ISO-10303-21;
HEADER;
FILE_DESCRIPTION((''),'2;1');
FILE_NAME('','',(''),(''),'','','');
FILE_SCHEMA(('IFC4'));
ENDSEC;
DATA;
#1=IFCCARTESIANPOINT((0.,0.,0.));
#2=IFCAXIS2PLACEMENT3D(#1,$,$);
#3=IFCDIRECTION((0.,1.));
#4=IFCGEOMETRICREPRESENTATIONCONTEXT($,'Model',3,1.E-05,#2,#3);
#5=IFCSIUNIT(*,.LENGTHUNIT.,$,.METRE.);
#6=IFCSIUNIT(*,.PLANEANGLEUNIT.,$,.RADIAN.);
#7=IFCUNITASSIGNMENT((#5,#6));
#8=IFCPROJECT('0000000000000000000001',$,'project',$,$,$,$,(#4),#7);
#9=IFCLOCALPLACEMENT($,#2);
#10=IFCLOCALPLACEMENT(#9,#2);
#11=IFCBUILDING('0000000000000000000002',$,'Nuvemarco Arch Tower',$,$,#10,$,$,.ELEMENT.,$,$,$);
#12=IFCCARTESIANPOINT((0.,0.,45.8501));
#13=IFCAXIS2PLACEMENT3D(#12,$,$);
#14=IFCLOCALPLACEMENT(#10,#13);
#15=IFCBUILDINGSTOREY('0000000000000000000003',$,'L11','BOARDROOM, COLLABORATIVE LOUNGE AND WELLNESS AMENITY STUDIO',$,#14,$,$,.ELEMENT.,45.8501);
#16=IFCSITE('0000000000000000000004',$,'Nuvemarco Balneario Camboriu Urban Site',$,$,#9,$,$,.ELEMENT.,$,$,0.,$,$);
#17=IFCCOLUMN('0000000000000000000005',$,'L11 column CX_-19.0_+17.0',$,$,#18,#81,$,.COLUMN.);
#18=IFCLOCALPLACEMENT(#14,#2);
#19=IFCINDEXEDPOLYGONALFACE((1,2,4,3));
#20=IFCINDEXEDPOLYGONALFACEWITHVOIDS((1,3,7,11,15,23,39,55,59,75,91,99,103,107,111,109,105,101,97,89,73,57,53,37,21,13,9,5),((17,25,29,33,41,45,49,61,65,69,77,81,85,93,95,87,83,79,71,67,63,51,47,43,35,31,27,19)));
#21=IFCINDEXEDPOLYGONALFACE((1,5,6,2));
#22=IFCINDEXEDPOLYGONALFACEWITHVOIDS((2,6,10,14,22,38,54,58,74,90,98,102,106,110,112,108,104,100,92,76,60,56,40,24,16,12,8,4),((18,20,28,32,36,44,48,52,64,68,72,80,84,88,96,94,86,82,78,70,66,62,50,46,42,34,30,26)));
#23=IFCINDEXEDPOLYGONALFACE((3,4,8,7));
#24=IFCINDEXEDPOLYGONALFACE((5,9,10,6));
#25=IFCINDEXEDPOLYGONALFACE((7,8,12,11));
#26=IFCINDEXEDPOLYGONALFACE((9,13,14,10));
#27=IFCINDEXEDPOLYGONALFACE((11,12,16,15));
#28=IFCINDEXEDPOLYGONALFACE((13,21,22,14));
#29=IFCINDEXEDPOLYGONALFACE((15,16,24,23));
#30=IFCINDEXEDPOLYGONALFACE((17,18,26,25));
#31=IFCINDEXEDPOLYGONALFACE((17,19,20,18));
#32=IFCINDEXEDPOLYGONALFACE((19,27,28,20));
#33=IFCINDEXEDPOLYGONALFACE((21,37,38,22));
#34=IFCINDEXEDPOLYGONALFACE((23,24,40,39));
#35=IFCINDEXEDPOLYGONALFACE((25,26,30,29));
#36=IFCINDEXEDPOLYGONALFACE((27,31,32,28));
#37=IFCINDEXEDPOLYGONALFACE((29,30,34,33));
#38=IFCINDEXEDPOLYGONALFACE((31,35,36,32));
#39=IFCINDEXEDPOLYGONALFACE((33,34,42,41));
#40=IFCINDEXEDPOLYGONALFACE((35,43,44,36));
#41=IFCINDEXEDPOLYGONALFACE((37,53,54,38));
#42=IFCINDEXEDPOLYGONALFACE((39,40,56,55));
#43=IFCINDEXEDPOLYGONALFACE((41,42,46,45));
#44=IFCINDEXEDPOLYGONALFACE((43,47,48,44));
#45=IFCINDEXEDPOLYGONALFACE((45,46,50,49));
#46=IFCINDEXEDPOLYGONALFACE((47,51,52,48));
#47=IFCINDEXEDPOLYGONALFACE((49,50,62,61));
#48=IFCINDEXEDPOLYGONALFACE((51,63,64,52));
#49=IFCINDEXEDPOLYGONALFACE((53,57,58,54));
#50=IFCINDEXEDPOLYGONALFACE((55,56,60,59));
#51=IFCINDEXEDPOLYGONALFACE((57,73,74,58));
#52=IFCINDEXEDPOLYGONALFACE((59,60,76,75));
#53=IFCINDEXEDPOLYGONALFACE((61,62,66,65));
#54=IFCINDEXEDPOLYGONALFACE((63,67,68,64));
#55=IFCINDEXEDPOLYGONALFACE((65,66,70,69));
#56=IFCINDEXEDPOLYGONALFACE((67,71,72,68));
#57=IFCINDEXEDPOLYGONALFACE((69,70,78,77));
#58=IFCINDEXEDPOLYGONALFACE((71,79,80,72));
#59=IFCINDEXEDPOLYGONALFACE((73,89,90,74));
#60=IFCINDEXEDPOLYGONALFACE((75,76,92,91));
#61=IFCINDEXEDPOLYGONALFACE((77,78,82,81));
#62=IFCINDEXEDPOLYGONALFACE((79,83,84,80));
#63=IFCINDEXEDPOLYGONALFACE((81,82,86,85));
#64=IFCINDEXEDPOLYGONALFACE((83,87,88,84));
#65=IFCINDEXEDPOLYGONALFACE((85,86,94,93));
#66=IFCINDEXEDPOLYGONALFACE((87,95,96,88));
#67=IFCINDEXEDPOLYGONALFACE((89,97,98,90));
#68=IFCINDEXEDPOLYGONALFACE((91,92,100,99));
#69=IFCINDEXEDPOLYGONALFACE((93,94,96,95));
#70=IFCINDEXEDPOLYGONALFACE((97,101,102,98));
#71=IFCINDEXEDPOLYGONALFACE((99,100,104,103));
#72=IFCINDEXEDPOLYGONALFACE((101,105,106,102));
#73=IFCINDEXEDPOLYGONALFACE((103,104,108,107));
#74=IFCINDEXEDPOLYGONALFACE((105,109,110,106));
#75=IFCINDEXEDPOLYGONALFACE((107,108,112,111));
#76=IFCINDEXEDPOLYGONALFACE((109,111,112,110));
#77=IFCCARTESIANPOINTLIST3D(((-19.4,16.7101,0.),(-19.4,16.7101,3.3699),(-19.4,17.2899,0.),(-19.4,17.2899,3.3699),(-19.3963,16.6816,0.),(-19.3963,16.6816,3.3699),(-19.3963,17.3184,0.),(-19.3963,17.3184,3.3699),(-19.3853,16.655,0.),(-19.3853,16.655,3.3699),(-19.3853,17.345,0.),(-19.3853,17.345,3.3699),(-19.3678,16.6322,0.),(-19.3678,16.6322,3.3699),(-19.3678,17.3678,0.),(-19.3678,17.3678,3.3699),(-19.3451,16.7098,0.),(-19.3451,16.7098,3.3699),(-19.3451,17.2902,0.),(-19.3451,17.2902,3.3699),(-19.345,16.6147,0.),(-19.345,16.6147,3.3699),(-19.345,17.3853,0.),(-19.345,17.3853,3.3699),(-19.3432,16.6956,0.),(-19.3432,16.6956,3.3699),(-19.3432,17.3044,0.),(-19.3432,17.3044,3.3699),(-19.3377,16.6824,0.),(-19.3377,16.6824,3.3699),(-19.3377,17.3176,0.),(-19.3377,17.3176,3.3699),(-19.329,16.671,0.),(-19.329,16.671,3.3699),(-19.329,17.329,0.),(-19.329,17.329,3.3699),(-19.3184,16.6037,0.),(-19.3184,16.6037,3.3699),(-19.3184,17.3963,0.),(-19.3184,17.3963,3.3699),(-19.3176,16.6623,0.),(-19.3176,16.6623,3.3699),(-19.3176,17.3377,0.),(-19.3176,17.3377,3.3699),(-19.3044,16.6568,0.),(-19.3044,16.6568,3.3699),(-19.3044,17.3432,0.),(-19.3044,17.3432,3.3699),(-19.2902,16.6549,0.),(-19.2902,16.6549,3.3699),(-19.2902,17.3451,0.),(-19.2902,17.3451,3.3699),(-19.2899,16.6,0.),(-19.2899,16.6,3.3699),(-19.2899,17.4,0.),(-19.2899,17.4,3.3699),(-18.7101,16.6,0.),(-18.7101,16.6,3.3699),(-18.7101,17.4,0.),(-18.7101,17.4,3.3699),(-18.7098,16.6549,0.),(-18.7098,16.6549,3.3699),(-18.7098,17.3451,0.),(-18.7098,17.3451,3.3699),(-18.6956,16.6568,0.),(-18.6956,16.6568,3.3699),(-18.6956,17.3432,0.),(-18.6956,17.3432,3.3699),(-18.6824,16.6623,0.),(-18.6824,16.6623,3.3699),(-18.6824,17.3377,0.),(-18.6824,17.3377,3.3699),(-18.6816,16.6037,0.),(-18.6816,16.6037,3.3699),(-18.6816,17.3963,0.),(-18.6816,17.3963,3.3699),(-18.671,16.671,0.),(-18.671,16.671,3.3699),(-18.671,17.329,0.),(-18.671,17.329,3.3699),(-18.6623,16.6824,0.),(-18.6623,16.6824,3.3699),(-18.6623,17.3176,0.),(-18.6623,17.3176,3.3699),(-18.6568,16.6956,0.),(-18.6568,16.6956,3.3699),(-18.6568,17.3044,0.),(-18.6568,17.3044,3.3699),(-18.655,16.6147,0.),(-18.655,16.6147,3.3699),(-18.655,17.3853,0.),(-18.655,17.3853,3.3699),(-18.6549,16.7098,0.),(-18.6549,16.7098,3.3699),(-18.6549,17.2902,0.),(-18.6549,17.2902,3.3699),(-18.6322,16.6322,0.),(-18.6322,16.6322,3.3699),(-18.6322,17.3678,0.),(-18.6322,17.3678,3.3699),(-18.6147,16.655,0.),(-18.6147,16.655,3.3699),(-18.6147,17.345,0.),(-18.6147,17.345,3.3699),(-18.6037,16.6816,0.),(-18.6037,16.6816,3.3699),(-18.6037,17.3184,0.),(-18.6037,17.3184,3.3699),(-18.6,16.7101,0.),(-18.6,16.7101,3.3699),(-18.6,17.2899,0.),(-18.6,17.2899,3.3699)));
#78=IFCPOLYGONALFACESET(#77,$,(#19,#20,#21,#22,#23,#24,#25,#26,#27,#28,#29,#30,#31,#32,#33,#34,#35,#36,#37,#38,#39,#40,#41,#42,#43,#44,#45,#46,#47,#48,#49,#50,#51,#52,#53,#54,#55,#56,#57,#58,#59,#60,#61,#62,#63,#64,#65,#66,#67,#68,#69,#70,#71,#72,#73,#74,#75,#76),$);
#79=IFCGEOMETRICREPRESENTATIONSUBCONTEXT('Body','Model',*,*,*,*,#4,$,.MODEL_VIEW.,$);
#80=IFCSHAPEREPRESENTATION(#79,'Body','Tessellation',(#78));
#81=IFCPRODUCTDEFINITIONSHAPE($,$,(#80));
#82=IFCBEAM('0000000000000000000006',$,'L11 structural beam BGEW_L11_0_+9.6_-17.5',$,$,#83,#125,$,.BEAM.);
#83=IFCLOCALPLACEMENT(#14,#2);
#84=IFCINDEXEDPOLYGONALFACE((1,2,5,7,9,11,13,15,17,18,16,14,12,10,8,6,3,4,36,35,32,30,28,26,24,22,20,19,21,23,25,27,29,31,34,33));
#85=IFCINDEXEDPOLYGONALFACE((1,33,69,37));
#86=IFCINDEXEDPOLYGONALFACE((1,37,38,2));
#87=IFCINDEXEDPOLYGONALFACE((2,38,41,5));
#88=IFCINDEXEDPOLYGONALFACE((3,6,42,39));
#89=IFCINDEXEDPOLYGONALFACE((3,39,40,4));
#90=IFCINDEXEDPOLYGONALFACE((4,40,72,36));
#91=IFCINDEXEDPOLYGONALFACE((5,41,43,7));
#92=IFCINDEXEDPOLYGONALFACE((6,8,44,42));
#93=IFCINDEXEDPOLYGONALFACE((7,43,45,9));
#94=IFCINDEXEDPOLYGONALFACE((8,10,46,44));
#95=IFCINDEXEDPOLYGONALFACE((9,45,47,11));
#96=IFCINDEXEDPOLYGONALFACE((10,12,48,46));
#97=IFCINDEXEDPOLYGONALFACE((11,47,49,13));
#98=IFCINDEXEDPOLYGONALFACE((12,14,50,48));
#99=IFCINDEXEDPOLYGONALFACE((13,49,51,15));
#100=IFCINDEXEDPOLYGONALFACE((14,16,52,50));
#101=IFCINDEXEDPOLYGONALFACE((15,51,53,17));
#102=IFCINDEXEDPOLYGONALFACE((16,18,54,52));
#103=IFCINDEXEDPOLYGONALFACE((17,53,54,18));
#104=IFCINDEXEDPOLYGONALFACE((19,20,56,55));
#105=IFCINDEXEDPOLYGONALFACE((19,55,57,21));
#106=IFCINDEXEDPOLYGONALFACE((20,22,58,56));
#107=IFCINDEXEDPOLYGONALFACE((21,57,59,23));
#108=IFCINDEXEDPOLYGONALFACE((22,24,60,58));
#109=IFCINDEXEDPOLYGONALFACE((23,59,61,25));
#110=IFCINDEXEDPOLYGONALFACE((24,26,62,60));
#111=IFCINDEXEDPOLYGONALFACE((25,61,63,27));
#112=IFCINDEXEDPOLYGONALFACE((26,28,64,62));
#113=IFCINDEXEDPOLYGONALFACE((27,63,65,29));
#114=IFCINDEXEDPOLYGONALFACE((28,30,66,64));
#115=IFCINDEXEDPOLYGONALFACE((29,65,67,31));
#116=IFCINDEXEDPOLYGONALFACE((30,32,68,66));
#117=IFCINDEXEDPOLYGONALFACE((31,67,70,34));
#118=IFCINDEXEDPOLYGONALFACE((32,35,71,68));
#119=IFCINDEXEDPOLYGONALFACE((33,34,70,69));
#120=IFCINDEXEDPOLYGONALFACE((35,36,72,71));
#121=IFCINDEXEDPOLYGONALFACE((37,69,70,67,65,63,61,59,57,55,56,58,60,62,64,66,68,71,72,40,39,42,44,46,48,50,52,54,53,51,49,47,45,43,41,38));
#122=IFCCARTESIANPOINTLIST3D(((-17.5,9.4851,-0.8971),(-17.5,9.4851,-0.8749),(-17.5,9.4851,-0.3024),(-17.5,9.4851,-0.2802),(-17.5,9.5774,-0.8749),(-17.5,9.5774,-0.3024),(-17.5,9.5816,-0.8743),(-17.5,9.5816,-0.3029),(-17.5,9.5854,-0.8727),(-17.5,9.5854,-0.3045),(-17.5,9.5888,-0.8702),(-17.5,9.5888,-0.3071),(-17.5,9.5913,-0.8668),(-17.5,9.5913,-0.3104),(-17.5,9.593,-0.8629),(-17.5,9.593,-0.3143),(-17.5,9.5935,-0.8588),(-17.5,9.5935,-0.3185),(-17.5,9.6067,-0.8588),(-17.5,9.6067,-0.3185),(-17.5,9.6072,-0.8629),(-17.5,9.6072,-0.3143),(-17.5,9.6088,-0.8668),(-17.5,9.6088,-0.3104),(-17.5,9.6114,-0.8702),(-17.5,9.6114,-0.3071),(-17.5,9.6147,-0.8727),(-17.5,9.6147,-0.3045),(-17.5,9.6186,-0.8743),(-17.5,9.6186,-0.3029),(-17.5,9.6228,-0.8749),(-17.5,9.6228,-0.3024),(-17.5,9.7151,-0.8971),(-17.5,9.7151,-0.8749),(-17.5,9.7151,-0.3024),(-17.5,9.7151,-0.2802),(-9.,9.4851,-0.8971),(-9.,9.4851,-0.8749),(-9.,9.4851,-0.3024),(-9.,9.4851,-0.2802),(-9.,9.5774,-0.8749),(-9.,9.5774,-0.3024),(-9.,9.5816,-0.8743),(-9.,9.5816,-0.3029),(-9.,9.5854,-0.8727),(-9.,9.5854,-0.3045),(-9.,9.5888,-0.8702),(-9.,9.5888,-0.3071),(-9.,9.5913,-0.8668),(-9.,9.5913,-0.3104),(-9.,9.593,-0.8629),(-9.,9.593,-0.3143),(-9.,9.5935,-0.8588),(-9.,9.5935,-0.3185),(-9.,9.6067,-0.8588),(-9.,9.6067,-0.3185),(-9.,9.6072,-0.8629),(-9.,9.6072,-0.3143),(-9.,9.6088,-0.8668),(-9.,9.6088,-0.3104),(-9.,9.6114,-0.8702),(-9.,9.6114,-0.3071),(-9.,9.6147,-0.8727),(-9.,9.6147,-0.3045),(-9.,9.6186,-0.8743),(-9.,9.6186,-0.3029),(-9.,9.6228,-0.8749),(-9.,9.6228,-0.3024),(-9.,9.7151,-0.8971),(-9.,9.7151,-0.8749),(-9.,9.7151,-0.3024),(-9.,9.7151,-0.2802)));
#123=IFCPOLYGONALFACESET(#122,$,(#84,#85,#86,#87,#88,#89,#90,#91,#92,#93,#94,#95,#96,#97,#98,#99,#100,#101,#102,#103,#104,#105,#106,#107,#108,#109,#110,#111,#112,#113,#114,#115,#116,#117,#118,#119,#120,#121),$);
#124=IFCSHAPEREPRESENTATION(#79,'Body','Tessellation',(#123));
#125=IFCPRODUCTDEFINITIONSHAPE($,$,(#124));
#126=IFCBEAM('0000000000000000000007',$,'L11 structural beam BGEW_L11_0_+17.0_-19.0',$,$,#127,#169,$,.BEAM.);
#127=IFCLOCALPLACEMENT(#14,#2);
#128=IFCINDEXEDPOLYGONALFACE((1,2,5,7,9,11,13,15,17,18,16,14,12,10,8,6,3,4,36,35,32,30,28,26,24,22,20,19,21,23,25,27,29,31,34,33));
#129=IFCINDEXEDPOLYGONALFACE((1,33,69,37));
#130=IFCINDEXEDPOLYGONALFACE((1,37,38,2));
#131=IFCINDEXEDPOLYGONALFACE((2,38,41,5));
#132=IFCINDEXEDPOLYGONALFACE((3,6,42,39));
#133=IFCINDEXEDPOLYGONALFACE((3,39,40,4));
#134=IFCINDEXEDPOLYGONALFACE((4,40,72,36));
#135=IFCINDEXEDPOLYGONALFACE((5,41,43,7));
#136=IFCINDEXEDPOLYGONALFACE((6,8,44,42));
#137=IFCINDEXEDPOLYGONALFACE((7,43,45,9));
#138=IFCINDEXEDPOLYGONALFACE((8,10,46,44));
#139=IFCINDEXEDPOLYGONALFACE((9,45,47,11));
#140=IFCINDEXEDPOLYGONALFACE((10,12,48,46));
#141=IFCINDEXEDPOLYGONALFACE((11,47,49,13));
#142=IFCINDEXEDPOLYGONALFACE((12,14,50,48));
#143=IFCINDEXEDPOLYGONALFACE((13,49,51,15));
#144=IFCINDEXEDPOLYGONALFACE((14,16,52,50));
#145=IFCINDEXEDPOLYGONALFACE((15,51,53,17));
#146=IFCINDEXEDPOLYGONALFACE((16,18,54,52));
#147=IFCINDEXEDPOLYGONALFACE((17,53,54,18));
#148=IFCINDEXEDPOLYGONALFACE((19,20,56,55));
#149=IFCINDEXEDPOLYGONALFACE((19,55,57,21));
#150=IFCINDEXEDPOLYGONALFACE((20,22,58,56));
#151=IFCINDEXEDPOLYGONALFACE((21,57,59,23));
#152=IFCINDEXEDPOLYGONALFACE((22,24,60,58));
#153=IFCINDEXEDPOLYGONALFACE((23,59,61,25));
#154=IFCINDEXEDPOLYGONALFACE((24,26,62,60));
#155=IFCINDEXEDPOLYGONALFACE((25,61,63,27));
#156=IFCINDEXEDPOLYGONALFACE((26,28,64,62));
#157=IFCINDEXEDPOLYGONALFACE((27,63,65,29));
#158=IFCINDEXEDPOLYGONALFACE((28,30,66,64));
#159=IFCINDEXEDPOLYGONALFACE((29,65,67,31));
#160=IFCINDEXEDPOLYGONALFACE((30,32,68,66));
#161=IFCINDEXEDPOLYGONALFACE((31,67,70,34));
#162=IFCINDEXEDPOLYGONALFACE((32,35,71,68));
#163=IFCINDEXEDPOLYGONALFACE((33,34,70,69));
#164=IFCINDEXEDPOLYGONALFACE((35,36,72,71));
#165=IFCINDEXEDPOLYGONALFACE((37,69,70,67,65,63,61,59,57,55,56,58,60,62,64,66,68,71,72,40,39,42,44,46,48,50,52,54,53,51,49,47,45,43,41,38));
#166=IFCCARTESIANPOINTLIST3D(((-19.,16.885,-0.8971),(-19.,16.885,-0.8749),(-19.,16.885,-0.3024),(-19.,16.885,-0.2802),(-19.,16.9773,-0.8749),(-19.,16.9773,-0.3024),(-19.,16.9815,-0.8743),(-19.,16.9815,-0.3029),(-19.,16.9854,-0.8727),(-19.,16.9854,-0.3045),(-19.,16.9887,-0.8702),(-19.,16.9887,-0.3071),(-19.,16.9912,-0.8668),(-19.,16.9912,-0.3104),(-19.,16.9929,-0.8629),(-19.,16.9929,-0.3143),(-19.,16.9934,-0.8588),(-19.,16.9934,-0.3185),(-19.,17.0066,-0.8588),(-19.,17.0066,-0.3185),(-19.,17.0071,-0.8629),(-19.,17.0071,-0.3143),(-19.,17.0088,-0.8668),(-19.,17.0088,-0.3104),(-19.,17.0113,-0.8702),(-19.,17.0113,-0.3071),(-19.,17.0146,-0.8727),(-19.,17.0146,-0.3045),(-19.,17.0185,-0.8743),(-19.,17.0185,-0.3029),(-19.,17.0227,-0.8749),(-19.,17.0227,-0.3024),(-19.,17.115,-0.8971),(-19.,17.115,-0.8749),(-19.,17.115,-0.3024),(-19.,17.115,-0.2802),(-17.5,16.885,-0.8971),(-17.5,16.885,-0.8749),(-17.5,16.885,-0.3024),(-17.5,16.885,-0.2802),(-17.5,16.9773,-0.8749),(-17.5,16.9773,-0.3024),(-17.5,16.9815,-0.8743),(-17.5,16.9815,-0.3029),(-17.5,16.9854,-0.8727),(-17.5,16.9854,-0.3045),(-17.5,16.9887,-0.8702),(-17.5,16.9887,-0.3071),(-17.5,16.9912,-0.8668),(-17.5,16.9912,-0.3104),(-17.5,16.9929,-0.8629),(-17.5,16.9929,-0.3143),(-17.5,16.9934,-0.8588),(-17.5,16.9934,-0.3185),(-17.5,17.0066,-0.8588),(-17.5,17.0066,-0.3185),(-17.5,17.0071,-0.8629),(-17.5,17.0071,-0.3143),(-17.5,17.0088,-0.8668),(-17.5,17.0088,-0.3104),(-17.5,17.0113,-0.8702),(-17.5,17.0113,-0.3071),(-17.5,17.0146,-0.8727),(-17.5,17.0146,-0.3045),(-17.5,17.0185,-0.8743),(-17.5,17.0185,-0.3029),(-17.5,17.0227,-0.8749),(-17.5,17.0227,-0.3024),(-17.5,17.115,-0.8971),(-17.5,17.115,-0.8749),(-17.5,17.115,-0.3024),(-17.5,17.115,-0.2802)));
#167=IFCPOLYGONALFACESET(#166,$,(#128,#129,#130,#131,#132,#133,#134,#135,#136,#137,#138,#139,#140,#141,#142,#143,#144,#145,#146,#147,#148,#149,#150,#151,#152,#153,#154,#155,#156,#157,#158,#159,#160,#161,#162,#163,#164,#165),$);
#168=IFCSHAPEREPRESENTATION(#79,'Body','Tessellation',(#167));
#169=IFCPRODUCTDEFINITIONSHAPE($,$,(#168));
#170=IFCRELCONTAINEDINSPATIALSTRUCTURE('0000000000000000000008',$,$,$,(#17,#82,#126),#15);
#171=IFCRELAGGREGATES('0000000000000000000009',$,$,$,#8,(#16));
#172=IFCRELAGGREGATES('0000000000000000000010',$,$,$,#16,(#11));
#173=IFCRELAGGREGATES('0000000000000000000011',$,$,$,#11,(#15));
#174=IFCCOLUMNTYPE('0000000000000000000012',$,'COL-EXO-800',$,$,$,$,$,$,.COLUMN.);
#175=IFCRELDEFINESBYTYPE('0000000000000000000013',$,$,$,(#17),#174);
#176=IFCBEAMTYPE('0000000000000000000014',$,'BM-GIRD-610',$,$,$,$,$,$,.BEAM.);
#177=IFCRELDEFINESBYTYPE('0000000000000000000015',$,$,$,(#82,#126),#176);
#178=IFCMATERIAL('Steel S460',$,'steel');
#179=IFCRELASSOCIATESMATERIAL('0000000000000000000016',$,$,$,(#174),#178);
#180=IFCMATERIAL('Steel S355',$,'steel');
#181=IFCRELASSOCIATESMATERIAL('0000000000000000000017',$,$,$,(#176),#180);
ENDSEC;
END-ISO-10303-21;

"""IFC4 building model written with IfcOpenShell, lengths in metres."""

from ifc_helpers import new_model, si_unit, direction, frame, origin, origin_2d, place, context, subcontext, project, spatial, hollow_rectangle, i_section, extrude, material, material_profile, profile_set, type_object, element, save


model = new_model("IFC4")

# Units and contexts
model_context = context("Model", 3, precision=1e-05, world=origin(), true_north=direction((0.0, 1.0)))
body_context = subcontext(model_context, "Body", "Model", "MODEL_VIEW")
ifc_project = project(units=[si_unit("LENGTHUNIT", "METRE"), si_unit("PLANEANGLEUNIT", "RADIAN")], contexts=[model_context])

# Site, building, storey
site_placement = place(None, origin())
site = spatial("IfcSite", under=ifc_project, at=site_placement, Name="Nuvemarco Balneario Camboriu Urban Site", CompositionType="ELEMENT", RefElevation=0.0)
building_placement = place(site_placement, origin())
building = spatial("IfcBuilding", under=site, at=building_placement, Name="Nuvemarco Arch Tower", CompositionType="ELEMENT")
storey_placement = place(building_placement, frame((0.0, 0.0, 45.8501)))
storey = spatial("IfcBuildingStorey", under=building, at=storey_placement, Name="L11", Description="BOARDROOM, COLLABORATIVE LOUNGE AND WELLNESS AMENITY STUDIO", CompositionType="ELEMENT", Elevation=45.8501)

# Column
ifc_material_1 = material(Name="Steel S460", Category="steel")
ifc_material_profile_1 = material_profile(ifc_material_1, hollow_rectangle(XDim=0.8, YDim=0.8, WallThickness=0.0549, InnerFilletRadius=0.0549, OuterFilletRadius=0.1101, at=origin_2d()), Name="SHS800x800x55")
ifc_profile_set_1 = profile_set([ifc_material_profile_1], Name="Steel S460")
column_type = type_object("IfcColumnType", Name="COL-EXO-800", PredefinedType="COLUMN", material=ifc_profile_set_1)
column_placement = place(storey_placement, frame((-19.0, 17.0, 0.0), z_axis=(0.0, 0.0, 1.0), x_axis=(1.0, 0.0, 0.0)))
element("IfcColumn", 1, at=column_placement, inside=storey, type_object=column_type, Name="L11 column CX_-19.0_+17.0", PredefinedType="COLUMN", context=body_context, shape_type="SweptSolid", body=[
    extrude(hollow_rectangle(XDim=0.8, YDim=0.8, WallThickness=0.0549, InnerFilletRadius=0.0549, OuterFilletRadius=0.1101, at=origin_2d()), origin(), (0.0, 0.0, 1.0), 3.3699),
])

# Beams
ifc_material_2 = material(Name="Steel S355", Category="steel")
ifc_material_profile_2 = material_profile(ifc_material_2, i_section(OverallWidth=0.23, OverallDepth=0.6169, WebThickness=0.0132, FlangeThickness=0.0222, FilletRadius=0.0161, at=origin_2d()), Name="W610x140")
ifc_profile_set_2 = profile_set([ifc_material_profile_2], Name="Steel S355")
beam_type_1 = type_object("IfcBeamType", Name="BM-GIRD-610", PredefinedType="BEAM", material=ifc_profile_set_2)
beam_1_placement = place(storey_placement, frame((-17.5, 9.6001, -0.5886), z_axis=(1.0, 0.0, 0.0), x_axis=(0.0, 1.0, 0.0)))
element("IfcBeam", 2, at=beam_1_placement, inside=storey, type_object=beam_type_1, Name="L11 structural beam BGEW_L11_0_+9.6_-17.5", PredefinedType="BEAM", context=body_context, shape_type="SweptSolid", body=[
    extrude(i_section(OverallWidth=0.23, OverallDepth=0.6169, WebThickness=0.0132, FlangeThickness=0.0222, FilletRadius=0.0161, at=origin_2d()), origin(), (0.0, 0.0, 1.0), 8.5),
])
beam_2_placement = place(storey_placement, frame((-19.0, 17.0, -0.5886), z_axis=(1.0, 0.0, 0.0), x_axis=(0.0, 1.0, 0.0)))
element("IfcBeam", 3, at=beam_2_placement, inside=storey, type_object=beam_type_1, Name="L11 structural beam BGEW_L11_0_+17.0_-19.0", PredefinedType="BEAM", context=body_context, shape_type="SweptSolid", body=[
    extrude(i_section(OverallWidth=0.23, OverallDepth=0.6169, WebThickness=0.0132, FlangeThickness=0.0222, FilletRadius=0.0161, at=origin_2d()), origin(), (0.0, 0.0, 1.0), 1.5),
])

save(model, "model.ifc")
